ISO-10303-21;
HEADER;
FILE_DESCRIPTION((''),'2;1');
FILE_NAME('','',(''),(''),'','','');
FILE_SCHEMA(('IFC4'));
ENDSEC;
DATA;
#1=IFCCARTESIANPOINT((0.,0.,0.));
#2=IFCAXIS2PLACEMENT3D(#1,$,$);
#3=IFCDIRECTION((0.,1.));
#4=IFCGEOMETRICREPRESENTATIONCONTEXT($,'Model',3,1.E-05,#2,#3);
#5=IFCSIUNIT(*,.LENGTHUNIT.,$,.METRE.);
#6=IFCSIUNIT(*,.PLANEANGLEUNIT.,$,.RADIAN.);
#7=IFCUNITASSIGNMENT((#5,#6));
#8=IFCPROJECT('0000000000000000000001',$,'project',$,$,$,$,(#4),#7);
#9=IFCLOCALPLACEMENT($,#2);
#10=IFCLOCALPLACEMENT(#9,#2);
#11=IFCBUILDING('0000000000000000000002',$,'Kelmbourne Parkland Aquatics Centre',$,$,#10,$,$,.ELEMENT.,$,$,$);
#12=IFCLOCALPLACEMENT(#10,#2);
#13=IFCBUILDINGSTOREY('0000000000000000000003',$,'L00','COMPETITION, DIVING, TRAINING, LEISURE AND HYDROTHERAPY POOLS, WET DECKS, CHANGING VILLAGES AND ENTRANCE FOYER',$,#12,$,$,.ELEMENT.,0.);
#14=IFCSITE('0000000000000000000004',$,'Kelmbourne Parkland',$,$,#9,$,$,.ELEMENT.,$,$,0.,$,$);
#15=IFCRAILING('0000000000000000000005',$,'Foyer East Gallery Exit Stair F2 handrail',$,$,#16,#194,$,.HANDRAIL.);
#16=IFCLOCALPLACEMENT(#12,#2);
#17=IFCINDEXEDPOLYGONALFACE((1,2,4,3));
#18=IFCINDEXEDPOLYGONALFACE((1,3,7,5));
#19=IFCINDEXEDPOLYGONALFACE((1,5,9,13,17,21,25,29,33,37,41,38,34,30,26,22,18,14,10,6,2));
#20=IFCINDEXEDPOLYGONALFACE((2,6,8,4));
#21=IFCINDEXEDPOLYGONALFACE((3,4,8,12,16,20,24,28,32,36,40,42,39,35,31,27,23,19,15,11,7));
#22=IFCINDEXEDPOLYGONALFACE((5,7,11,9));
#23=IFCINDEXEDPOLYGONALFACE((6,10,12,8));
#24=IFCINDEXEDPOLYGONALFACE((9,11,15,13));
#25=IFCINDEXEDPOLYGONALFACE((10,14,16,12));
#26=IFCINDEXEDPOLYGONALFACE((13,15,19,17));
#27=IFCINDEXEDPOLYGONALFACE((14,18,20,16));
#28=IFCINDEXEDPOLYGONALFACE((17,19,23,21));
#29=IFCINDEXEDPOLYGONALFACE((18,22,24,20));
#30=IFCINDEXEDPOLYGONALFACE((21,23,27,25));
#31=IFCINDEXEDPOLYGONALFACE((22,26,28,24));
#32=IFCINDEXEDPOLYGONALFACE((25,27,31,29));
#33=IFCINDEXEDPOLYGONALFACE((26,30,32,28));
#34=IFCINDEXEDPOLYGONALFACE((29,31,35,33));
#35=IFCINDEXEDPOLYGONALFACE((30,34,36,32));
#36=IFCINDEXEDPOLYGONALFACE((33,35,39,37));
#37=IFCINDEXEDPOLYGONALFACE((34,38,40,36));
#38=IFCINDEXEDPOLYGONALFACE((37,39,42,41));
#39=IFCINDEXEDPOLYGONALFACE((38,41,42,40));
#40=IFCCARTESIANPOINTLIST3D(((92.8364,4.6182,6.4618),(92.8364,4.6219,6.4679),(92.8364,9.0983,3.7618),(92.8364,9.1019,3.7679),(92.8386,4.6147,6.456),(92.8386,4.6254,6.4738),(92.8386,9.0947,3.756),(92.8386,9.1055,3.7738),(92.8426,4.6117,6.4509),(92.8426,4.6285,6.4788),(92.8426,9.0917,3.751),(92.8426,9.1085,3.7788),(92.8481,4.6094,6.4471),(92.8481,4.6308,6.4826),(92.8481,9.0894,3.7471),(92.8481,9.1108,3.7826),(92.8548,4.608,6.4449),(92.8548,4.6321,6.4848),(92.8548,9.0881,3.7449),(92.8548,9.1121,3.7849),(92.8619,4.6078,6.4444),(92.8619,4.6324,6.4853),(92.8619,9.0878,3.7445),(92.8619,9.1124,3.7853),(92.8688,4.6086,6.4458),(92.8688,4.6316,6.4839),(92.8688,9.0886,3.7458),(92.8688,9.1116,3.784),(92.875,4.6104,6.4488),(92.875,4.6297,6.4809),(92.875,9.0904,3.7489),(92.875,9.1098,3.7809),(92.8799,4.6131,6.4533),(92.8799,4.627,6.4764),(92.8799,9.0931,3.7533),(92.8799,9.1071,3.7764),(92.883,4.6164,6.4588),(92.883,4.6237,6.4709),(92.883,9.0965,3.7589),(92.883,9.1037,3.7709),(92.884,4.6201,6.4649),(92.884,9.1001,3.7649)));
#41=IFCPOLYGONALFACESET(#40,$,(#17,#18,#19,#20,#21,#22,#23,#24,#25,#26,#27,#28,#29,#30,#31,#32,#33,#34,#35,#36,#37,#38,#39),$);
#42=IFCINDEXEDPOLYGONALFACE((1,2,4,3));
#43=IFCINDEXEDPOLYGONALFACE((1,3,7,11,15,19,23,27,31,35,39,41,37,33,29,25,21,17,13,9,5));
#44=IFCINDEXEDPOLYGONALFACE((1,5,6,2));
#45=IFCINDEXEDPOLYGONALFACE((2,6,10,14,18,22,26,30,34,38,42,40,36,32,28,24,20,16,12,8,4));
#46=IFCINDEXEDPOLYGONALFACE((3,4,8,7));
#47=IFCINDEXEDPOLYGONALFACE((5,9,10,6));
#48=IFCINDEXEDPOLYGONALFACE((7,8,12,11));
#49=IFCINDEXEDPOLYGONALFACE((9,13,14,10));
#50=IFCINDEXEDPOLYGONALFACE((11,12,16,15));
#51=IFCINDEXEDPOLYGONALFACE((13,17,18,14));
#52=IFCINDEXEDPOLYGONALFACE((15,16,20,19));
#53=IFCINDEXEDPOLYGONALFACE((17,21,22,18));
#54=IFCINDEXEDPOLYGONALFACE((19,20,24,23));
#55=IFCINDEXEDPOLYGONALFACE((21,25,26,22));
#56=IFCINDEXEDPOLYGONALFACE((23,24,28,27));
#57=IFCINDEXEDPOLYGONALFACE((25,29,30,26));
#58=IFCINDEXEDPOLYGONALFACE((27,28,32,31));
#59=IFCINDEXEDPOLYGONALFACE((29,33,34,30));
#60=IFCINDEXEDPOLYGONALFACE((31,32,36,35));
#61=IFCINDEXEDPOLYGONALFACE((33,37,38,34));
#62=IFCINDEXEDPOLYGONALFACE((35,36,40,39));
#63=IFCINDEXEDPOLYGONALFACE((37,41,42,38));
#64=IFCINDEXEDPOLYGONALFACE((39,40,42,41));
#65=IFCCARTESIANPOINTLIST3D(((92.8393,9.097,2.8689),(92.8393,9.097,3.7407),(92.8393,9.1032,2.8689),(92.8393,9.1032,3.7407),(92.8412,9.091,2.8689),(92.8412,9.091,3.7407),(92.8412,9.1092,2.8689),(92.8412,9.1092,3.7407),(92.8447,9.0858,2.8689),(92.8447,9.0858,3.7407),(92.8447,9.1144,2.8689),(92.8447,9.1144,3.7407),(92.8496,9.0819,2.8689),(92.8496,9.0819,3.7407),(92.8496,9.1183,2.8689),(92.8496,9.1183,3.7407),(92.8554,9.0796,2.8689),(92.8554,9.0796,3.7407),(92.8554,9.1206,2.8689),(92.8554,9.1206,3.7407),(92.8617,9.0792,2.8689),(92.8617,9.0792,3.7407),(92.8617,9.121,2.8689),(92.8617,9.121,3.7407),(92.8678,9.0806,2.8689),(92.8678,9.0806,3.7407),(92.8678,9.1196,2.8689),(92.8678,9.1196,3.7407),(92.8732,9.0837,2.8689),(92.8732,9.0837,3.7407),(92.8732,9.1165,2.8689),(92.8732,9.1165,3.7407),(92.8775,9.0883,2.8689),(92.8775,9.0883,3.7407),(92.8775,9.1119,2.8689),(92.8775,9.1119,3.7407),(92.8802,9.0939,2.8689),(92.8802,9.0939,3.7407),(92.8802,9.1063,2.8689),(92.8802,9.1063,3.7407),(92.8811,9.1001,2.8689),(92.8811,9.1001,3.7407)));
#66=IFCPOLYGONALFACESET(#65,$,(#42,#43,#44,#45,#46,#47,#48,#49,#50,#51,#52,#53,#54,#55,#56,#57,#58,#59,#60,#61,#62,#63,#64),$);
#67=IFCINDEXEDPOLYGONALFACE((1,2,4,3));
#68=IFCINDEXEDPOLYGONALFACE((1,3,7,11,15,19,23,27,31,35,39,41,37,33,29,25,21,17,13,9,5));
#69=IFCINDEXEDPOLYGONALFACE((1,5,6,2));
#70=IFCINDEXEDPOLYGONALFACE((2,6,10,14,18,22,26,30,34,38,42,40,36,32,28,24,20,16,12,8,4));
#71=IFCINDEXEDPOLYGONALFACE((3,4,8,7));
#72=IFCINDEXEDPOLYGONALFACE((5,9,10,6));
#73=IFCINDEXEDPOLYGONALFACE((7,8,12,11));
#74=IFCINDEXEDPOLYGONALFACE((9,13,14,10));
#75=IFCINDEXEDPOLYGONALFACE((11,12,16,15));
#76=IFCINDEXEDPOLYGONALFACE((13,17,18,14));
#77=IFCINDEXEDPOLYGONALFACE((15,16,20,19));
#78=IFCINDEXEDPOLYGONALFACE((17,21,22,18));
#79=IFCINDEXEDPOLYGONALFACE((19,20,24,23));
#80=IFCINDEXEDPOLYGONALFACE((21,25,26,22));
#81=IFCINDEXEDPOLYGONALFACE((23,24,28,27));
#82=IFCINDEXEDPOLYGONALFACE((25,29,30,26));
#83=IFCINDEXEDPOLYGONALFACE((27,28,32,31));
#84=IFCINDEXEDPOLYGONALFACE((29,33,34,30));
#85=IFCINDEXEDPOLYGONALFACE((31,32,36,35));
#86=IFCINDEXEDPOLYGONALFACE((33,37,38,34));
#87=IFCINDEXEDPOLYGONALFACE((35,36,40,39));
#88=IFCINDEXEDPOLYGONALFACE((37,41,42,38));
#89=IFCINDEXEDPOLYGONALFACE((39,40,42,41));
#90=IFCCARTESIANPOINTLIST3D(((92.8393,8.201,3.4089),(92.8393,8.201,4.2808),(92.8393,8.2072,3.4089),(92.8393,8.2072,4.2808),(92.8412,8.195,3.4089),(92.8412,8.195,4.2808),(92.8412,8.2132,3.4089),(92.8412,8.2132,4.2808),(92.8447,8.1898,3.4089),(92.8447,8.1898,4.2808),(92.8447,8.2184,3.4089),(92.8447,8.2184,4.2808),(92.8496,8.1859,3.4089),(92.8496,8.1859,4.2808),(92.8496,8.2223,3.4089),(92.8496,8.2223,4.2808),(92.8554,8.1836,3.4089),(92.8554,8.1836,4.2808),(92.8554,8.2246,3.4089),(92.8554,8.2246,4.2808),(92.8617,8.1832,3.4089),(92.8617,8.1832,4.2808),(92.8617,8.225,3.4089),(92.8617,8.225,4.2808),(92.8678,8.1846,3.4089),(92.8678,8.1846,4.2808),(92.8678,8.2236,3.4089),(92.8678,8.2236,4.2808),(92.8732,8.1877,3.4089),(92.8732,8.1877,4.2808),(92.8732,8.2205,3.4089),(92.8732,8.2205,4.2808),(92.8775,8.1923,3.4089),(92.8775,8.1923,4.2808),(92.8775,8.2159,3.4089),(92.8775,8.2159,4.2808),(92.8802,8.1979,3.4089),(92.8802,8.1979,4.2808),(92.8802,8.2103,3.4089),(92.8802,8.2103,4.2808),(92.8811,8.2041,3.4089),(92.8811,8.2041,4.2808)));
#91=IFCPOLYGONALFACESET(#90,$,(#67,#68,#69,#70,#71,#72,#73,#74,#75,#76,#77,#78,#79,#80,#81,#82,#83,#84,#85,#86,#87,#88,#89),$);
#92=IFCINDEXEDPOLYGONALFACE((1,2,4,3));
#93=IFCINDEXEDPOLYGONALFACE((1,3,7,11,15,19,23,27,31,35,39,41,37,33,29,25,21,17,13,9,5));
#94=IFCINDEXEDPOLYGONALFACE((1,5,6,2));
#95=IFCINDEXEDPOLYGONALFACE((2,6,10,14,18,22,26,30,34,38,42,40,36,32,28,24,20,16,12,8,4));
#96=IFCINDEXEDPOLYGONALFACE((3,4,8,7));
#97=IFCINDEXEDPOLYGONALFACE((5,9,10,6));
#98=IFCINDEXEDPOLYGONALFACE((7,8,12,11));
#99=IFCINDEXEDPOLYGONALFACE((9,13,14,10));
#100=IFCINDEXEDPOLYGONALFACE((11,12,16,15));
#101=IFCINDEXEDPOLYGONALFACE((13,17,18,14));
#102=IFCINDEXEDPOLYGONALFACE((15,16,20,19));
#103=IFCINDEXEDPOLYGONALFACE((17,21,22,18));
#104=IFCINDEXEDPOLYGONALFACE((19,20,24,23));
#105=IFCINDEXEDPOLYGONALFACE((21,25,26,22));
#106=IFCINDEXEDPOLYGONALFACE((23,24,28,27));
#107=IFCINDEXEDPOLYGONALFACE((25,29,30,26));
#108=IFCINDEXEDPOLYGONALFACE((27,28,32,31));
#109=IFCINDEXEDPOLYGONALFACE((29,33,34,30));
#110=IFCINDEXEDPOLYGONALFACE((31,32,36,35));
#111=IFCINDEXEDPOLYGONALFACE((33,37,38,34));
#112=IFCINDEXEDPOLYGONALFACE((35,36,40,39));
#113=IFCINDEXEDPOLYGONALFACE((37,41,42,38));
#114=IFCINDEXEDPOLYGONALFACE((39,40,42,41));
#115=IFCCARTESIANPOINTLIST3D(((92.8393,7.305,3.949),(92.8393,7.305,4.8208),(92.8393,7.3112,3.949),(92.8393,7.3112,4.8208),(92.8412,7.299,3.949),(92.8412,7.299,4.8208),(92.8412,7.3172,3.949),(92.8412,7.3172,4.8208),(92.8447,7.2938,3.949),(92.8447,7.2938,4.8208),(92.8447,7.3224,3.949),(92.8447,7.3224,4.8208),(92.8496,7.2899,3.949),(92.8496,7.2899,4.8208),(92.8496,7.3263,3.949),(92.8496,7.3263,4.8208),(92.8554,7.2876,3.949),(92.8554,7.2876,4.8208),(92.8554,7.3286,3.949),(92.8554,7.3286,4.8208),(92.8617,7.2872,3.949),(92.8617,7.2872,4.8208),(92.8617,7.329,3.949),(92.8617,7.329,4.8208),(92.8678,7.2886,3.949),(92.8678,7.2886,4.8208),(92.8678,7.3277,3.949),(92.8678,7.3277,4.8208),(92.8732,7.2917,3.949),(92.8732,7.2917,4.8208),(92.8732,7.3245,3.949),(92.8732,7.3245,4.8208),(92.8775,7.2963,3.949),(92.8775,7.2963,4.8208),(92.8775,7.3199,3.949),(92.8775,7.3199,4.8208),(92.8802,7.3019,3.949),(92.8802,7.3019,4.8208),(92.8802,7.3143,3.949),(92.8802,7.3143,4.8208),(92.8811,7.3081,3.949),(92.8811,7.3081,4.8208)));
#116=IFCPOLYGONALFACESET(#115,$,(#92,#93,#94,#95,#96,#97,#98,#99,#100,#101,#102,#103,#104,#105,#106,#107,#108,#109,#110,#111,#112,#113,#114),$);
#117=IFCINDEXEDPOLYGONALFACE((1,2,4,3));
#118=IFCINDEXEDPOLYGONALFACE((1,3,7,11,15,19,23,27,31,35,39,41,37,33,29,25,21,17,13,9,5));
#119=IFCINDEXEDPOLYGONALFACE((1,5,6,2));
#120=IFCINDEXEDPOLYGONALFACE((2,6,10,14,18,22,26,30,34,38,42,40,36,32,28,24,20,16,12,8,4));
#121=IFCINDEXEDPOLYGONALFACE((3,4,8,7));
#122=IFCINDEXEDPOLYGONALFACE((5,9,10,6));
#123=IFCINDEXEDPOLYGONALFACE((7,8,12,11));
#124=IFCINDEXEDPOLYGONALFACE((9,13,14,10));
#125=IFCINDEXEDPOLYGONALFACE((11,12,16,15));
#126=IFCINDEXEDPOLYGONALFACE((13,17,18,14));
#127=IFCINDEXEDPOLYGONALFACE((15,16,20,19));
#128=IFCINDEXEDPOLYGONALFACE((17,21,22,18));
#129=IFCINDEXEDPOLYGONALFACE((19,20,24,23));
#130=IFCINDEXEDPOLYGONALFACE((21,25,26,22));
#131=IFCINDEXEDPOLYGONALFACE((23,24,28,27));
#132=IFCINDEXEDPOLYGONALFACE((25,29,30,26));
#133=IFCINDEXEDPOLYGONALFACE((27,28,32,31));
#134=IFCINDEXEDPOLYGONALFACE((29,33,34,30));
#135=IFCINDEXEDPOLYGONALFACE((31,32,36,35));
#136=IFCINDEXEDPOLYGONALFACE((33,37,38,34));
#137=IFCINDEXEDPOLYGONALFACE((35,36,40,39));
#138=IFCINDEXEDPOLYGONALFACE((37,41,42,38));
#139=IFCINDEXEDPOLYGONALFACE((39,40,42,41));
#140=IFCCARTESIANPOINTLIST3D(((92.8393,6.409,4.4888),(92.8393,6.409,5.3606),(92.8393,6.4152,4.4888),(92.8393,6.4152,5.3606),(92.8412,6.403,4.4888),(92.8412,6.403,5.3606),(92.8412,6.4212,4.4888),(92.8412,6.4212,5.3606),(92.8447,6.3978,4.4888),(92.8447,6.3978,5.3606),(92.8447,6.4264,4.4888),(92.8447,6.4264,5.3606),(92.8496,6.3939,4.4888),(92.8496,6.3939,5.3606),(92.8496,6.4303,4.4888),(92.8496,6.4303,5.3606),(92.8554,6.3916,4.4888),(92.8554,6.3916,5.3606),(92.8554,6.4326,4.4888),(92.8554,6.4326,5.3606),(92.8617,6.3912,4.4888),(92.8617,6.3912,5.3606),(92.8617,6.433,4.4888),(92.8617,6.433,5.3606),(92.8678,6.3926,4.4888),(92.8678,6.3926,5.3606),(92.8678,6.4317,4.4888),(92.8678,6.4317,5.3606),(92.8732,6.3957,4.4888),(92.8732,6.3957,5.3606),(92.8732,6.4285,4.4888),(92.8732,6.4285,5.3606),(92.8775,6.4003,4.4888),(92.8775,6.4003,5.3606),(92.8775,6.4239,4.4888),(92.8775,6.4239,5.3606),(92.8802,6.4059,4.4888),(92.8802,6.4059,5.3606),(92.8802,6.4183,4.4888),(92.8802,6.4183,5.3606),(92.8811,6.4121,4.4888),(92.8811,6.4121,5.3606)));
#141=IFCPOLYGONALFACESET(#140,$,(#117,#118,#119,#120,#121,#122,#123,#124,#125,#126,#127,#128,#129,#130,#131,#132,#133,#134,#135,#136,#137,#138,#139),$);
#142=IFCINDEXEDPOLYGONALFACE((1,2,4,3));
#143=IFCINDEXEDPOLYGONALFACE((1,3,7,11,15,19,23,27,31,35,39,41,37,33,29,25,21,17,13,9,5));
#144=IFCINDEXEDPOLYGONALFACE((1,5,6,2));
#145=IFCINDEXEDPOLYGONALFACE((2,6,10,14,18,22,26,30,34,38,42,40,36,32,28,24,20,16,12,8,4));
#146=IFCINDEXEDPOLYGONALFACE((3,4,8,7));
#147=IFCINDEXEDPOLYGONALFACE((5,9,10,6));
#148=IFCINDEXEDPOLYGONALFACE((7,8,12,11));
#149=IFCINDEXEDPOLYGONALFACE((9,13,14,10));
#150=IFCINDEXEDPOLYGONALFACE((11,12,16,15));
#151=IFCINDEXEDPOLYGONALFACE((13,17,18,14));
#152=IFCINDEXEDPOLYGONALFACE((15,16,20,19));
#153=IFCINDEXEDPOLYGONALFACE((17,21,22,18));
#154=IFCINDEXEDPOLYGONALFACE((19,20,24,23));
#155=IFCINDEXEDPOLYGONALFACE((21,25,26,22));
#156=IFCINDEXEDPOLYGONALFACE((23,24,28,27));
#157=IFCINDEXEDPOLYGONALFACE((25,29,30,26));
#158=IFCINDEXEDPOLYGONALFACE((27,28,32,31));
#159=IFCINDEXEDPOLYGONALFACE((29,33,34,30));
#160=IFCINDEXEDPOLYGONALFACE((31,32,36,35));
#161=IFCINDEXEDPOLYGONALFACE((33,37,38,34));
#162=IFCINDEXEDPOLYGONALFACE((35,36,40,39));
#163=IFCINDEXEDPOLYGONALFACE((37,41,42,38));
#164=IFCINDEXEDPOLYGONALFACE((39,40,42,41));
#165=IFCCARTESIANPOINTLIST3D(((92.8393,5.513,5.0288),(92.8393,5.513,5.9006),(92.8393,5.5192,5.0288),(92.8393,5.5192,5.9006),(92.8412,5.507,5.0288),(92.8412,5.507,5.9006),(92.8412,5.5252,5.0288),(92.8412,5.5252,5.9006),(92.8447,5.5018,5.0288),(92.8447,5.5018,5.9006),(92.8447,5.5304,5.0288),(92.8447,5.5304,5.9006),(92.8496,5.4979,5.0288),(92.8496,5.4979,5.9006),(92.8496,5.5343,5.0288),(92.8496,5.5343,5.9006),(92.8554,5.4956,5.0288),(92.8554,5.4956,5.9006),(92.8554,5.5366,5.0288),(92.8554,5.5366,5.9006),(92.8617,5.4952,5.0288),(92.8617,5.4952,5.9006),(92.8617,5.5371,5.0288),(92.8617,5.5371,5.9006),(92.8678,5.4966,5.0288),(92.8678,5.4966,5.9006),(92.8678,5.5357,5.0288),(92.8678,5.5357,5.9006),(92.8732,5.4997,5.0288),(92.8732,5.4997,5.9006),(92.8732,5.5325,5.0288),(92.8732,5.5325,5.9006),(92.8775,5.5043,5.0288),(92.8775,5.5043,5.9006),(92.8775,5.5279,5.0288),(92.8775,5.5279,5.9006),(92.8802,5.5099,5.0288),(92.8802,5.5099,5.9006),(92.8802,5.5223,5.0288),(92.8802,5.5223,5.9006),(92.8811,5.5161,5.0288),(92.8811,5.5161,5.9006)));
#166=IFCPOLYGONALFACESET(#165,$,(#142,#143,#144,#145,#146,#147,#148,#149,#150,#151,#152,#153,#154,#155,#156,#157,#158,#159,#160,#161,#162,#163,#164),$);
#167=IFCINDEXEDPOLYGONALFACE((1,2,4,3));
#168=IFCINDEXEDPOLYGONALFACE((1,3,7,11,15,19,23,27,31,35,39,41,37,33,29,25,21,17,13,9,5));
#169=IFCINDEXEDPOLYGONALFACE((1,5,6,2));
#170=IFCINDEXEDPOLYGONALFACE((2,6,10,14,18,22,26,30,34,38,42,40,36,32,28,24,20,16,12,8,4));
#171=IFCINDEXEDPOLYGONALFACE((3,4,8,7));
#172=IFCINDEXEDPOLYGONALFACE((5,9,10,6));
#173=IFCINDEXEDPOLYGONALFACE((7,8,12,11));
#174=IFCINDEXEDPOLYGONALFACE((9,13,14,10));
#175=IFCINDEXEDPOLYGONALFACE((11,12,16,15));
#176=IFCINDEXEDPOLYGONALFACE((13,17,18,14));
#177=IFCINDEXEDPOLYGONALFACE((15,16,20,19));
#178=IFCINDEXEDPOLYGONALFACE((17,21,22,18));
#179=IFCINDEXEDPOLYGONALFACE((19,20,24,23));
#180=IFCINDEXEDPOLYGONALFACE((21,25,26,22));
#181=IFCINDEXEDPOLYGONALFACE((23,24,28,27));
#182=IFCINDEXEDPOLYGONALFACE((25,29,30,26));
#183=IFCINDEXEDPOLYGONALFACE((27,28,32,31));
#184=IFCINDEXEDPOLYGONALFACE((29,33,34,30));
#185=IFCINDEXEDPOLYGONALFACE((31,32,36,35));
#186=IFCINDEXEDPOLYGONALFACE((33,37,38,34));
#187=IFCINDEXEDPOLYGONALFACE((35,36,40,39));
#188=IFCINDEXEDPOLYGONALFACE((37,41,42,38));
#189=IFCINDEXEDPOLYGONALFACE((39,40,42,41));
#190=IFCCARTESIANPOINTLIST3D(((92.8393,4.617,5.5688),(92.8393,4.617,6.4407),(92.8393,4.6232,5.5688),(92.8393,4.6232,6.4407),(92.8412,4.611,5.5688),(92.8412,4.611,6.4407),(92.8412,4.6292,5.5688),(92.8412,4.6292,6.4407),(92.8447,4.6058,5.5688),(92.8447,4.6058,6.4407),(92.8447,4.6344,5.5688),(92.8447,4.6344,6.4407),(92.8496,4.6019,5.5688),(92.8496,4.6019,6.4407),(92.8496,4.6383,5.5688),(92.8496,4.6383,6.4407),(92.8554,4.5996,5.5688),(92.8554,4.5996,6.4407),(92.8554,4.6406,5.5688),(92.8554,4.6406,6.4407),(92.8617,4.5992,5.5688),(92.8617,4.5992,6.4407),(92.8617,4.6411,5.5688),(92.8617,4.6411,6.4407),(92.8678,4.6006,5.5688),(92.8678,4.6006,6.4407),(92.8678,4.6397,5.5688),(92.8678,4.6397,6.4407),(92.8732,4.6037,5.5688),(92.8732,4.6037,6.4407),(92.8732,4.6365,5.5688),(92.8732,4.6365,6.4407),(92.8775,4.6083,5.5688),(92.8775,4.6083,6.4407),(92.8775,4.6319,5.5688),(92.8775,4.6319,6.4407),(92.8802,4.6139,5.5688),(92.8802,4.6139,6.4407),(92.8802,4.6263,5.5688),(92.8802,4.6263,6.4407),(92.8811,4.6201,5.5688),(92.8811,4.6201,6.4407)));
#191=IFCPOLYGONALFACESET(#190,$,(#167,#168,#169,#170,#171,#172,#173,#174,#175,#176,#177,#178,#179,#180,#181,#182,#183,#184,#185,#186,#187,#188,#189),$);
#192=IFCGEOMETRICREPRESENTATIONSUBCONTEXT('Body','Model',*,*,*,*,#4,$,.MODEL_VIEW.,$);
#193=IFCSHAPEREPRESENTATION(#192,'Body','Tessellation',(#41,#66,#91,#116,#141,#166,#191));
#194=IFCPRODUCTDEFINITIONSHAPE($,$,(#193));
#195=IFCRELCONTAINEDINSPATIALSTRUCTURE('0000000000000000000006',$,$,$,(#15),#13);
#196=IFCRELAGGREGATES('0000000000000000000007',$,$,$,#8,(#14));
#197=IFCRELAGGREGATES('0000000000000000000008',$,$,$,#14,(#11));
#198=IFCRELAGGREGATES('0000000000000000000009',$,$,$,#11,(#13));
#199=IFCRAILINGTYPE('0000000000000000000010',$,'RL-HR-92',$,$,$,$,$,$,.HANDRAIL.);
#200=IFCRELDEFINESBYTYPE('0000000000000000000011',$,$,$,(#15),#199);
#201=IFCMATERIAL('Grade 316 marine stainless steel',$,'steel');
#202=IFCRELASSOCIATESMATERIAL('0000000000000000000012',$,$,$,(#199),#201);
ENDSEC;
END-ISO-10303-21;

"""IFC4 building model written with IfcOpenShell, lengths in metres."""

from ifc_helpers import new_model, si_unit, direction, frame, origin, origin_2d, place, context, subcontext, project, spatial, circle, extrude, material, type_object, element, save


model = new_model("IFC4")

# Units and contexts
model_context = context("Model", 3, precision=1e-05, world=origin(), true_north=direction((0.0, 1.0)))
body_context = subcontext(model_context, "Body", "Model", "MODEL_VIEW")
ifc_project = project(units=[si_unit("LENGTHUNIT", "METRE"), si_unit("PLANEANGLEUNIT", "RADIAN")], contexts=[model_context])

# Site, building, storey
site_placement = place(None, origin())
site = spatial("IfcSite", under=ifc_project, at=site_placement, Name="Kelmbourne Parkland", CompositionType="ELEMENT", RefElevation=0.0)
building_placement = place(site_placement, origin())
building = spatial("IfcBuilding", under=site, at=building_placement, Name="Kelmbourne Parkland Aquatics Centre", CompositionType="ELEMENT")
storey_placement = place(building_placement, origin())
storey = spatial("IfcBuildingStorey", under=building, at=storey_placement, Name="L00", Description="COMPETITION, DIVING, TRAINING, LEISURE AND HYDROTHERAPY POOLS, WET DECKS, CHANGING VILLAGES AND ENTRANCE FOYER", CompositionType="ELEMENT", Elevation=0.0)

# Railing
ifc_material_1 = material(Name="Grade 316 marine stainless steel", Category="steel")
railing_type_1 = type_object("IfcRailingType", Name="RL-HR-92", PredefinedType="HANDRAIL", material=ifc_material_1)
railing_1_placement = place(storey_placement, frame((92.8601, 9.1001, 2.8689)))
element("IfcRailing", 1, at=railing_1_placement, inside=storey, type_object=railing_type_1, Name="Foyer East Gallery Exit Stair F2 handrail", PredefinedType="HANDRAIL", context=body_context, shape_type="SweptSolid", body=[
    extrude(circle(Radius=0.0239, at=origin_2d()), frame((0.0, 0.0, 0.896), z_axis=(0.0, -0.856482, 0.516176), x_axis=(1.0, 0.0, 0.0)), (0.0, 0.0, 1.0), 5.2307),
    extrude(circle(Radius=0.021, at=origin_2d()), origin(), (0.0, 0.0, 1.0), 0.8718),
    extrude(circle(Radius=0.021, at=origin_2d()), frame((0.0, -0.896, 0.54)), (0.0, 0.0, 1.0), 0.8718),
    extrude(circle(Radius=0.021, at=origin_2d()), frame((0.0, -1.792, 1.0801)), (0.0, 0.0, 1.0), 0.8718),
    extrude(circle(Radius=0.021, at=origin_2d()), frame((0.0, -2.688, 1.6199)), (0.0, 0.0, 1.0), 0.8718),
    extrude(circle(Radius=0.021, at=origin_2d()), frame((0.0, -3.584, 2.1599)), (0.0, 0.0, 1.0), 0.8718),
    extrude(circle(Radius=0.021, at=origin_2d()), frame((0.0, -4.48, 2.7)), (0.0, 0.0, 1.0), 0.8718),
])

save(model, "model.ifc")
